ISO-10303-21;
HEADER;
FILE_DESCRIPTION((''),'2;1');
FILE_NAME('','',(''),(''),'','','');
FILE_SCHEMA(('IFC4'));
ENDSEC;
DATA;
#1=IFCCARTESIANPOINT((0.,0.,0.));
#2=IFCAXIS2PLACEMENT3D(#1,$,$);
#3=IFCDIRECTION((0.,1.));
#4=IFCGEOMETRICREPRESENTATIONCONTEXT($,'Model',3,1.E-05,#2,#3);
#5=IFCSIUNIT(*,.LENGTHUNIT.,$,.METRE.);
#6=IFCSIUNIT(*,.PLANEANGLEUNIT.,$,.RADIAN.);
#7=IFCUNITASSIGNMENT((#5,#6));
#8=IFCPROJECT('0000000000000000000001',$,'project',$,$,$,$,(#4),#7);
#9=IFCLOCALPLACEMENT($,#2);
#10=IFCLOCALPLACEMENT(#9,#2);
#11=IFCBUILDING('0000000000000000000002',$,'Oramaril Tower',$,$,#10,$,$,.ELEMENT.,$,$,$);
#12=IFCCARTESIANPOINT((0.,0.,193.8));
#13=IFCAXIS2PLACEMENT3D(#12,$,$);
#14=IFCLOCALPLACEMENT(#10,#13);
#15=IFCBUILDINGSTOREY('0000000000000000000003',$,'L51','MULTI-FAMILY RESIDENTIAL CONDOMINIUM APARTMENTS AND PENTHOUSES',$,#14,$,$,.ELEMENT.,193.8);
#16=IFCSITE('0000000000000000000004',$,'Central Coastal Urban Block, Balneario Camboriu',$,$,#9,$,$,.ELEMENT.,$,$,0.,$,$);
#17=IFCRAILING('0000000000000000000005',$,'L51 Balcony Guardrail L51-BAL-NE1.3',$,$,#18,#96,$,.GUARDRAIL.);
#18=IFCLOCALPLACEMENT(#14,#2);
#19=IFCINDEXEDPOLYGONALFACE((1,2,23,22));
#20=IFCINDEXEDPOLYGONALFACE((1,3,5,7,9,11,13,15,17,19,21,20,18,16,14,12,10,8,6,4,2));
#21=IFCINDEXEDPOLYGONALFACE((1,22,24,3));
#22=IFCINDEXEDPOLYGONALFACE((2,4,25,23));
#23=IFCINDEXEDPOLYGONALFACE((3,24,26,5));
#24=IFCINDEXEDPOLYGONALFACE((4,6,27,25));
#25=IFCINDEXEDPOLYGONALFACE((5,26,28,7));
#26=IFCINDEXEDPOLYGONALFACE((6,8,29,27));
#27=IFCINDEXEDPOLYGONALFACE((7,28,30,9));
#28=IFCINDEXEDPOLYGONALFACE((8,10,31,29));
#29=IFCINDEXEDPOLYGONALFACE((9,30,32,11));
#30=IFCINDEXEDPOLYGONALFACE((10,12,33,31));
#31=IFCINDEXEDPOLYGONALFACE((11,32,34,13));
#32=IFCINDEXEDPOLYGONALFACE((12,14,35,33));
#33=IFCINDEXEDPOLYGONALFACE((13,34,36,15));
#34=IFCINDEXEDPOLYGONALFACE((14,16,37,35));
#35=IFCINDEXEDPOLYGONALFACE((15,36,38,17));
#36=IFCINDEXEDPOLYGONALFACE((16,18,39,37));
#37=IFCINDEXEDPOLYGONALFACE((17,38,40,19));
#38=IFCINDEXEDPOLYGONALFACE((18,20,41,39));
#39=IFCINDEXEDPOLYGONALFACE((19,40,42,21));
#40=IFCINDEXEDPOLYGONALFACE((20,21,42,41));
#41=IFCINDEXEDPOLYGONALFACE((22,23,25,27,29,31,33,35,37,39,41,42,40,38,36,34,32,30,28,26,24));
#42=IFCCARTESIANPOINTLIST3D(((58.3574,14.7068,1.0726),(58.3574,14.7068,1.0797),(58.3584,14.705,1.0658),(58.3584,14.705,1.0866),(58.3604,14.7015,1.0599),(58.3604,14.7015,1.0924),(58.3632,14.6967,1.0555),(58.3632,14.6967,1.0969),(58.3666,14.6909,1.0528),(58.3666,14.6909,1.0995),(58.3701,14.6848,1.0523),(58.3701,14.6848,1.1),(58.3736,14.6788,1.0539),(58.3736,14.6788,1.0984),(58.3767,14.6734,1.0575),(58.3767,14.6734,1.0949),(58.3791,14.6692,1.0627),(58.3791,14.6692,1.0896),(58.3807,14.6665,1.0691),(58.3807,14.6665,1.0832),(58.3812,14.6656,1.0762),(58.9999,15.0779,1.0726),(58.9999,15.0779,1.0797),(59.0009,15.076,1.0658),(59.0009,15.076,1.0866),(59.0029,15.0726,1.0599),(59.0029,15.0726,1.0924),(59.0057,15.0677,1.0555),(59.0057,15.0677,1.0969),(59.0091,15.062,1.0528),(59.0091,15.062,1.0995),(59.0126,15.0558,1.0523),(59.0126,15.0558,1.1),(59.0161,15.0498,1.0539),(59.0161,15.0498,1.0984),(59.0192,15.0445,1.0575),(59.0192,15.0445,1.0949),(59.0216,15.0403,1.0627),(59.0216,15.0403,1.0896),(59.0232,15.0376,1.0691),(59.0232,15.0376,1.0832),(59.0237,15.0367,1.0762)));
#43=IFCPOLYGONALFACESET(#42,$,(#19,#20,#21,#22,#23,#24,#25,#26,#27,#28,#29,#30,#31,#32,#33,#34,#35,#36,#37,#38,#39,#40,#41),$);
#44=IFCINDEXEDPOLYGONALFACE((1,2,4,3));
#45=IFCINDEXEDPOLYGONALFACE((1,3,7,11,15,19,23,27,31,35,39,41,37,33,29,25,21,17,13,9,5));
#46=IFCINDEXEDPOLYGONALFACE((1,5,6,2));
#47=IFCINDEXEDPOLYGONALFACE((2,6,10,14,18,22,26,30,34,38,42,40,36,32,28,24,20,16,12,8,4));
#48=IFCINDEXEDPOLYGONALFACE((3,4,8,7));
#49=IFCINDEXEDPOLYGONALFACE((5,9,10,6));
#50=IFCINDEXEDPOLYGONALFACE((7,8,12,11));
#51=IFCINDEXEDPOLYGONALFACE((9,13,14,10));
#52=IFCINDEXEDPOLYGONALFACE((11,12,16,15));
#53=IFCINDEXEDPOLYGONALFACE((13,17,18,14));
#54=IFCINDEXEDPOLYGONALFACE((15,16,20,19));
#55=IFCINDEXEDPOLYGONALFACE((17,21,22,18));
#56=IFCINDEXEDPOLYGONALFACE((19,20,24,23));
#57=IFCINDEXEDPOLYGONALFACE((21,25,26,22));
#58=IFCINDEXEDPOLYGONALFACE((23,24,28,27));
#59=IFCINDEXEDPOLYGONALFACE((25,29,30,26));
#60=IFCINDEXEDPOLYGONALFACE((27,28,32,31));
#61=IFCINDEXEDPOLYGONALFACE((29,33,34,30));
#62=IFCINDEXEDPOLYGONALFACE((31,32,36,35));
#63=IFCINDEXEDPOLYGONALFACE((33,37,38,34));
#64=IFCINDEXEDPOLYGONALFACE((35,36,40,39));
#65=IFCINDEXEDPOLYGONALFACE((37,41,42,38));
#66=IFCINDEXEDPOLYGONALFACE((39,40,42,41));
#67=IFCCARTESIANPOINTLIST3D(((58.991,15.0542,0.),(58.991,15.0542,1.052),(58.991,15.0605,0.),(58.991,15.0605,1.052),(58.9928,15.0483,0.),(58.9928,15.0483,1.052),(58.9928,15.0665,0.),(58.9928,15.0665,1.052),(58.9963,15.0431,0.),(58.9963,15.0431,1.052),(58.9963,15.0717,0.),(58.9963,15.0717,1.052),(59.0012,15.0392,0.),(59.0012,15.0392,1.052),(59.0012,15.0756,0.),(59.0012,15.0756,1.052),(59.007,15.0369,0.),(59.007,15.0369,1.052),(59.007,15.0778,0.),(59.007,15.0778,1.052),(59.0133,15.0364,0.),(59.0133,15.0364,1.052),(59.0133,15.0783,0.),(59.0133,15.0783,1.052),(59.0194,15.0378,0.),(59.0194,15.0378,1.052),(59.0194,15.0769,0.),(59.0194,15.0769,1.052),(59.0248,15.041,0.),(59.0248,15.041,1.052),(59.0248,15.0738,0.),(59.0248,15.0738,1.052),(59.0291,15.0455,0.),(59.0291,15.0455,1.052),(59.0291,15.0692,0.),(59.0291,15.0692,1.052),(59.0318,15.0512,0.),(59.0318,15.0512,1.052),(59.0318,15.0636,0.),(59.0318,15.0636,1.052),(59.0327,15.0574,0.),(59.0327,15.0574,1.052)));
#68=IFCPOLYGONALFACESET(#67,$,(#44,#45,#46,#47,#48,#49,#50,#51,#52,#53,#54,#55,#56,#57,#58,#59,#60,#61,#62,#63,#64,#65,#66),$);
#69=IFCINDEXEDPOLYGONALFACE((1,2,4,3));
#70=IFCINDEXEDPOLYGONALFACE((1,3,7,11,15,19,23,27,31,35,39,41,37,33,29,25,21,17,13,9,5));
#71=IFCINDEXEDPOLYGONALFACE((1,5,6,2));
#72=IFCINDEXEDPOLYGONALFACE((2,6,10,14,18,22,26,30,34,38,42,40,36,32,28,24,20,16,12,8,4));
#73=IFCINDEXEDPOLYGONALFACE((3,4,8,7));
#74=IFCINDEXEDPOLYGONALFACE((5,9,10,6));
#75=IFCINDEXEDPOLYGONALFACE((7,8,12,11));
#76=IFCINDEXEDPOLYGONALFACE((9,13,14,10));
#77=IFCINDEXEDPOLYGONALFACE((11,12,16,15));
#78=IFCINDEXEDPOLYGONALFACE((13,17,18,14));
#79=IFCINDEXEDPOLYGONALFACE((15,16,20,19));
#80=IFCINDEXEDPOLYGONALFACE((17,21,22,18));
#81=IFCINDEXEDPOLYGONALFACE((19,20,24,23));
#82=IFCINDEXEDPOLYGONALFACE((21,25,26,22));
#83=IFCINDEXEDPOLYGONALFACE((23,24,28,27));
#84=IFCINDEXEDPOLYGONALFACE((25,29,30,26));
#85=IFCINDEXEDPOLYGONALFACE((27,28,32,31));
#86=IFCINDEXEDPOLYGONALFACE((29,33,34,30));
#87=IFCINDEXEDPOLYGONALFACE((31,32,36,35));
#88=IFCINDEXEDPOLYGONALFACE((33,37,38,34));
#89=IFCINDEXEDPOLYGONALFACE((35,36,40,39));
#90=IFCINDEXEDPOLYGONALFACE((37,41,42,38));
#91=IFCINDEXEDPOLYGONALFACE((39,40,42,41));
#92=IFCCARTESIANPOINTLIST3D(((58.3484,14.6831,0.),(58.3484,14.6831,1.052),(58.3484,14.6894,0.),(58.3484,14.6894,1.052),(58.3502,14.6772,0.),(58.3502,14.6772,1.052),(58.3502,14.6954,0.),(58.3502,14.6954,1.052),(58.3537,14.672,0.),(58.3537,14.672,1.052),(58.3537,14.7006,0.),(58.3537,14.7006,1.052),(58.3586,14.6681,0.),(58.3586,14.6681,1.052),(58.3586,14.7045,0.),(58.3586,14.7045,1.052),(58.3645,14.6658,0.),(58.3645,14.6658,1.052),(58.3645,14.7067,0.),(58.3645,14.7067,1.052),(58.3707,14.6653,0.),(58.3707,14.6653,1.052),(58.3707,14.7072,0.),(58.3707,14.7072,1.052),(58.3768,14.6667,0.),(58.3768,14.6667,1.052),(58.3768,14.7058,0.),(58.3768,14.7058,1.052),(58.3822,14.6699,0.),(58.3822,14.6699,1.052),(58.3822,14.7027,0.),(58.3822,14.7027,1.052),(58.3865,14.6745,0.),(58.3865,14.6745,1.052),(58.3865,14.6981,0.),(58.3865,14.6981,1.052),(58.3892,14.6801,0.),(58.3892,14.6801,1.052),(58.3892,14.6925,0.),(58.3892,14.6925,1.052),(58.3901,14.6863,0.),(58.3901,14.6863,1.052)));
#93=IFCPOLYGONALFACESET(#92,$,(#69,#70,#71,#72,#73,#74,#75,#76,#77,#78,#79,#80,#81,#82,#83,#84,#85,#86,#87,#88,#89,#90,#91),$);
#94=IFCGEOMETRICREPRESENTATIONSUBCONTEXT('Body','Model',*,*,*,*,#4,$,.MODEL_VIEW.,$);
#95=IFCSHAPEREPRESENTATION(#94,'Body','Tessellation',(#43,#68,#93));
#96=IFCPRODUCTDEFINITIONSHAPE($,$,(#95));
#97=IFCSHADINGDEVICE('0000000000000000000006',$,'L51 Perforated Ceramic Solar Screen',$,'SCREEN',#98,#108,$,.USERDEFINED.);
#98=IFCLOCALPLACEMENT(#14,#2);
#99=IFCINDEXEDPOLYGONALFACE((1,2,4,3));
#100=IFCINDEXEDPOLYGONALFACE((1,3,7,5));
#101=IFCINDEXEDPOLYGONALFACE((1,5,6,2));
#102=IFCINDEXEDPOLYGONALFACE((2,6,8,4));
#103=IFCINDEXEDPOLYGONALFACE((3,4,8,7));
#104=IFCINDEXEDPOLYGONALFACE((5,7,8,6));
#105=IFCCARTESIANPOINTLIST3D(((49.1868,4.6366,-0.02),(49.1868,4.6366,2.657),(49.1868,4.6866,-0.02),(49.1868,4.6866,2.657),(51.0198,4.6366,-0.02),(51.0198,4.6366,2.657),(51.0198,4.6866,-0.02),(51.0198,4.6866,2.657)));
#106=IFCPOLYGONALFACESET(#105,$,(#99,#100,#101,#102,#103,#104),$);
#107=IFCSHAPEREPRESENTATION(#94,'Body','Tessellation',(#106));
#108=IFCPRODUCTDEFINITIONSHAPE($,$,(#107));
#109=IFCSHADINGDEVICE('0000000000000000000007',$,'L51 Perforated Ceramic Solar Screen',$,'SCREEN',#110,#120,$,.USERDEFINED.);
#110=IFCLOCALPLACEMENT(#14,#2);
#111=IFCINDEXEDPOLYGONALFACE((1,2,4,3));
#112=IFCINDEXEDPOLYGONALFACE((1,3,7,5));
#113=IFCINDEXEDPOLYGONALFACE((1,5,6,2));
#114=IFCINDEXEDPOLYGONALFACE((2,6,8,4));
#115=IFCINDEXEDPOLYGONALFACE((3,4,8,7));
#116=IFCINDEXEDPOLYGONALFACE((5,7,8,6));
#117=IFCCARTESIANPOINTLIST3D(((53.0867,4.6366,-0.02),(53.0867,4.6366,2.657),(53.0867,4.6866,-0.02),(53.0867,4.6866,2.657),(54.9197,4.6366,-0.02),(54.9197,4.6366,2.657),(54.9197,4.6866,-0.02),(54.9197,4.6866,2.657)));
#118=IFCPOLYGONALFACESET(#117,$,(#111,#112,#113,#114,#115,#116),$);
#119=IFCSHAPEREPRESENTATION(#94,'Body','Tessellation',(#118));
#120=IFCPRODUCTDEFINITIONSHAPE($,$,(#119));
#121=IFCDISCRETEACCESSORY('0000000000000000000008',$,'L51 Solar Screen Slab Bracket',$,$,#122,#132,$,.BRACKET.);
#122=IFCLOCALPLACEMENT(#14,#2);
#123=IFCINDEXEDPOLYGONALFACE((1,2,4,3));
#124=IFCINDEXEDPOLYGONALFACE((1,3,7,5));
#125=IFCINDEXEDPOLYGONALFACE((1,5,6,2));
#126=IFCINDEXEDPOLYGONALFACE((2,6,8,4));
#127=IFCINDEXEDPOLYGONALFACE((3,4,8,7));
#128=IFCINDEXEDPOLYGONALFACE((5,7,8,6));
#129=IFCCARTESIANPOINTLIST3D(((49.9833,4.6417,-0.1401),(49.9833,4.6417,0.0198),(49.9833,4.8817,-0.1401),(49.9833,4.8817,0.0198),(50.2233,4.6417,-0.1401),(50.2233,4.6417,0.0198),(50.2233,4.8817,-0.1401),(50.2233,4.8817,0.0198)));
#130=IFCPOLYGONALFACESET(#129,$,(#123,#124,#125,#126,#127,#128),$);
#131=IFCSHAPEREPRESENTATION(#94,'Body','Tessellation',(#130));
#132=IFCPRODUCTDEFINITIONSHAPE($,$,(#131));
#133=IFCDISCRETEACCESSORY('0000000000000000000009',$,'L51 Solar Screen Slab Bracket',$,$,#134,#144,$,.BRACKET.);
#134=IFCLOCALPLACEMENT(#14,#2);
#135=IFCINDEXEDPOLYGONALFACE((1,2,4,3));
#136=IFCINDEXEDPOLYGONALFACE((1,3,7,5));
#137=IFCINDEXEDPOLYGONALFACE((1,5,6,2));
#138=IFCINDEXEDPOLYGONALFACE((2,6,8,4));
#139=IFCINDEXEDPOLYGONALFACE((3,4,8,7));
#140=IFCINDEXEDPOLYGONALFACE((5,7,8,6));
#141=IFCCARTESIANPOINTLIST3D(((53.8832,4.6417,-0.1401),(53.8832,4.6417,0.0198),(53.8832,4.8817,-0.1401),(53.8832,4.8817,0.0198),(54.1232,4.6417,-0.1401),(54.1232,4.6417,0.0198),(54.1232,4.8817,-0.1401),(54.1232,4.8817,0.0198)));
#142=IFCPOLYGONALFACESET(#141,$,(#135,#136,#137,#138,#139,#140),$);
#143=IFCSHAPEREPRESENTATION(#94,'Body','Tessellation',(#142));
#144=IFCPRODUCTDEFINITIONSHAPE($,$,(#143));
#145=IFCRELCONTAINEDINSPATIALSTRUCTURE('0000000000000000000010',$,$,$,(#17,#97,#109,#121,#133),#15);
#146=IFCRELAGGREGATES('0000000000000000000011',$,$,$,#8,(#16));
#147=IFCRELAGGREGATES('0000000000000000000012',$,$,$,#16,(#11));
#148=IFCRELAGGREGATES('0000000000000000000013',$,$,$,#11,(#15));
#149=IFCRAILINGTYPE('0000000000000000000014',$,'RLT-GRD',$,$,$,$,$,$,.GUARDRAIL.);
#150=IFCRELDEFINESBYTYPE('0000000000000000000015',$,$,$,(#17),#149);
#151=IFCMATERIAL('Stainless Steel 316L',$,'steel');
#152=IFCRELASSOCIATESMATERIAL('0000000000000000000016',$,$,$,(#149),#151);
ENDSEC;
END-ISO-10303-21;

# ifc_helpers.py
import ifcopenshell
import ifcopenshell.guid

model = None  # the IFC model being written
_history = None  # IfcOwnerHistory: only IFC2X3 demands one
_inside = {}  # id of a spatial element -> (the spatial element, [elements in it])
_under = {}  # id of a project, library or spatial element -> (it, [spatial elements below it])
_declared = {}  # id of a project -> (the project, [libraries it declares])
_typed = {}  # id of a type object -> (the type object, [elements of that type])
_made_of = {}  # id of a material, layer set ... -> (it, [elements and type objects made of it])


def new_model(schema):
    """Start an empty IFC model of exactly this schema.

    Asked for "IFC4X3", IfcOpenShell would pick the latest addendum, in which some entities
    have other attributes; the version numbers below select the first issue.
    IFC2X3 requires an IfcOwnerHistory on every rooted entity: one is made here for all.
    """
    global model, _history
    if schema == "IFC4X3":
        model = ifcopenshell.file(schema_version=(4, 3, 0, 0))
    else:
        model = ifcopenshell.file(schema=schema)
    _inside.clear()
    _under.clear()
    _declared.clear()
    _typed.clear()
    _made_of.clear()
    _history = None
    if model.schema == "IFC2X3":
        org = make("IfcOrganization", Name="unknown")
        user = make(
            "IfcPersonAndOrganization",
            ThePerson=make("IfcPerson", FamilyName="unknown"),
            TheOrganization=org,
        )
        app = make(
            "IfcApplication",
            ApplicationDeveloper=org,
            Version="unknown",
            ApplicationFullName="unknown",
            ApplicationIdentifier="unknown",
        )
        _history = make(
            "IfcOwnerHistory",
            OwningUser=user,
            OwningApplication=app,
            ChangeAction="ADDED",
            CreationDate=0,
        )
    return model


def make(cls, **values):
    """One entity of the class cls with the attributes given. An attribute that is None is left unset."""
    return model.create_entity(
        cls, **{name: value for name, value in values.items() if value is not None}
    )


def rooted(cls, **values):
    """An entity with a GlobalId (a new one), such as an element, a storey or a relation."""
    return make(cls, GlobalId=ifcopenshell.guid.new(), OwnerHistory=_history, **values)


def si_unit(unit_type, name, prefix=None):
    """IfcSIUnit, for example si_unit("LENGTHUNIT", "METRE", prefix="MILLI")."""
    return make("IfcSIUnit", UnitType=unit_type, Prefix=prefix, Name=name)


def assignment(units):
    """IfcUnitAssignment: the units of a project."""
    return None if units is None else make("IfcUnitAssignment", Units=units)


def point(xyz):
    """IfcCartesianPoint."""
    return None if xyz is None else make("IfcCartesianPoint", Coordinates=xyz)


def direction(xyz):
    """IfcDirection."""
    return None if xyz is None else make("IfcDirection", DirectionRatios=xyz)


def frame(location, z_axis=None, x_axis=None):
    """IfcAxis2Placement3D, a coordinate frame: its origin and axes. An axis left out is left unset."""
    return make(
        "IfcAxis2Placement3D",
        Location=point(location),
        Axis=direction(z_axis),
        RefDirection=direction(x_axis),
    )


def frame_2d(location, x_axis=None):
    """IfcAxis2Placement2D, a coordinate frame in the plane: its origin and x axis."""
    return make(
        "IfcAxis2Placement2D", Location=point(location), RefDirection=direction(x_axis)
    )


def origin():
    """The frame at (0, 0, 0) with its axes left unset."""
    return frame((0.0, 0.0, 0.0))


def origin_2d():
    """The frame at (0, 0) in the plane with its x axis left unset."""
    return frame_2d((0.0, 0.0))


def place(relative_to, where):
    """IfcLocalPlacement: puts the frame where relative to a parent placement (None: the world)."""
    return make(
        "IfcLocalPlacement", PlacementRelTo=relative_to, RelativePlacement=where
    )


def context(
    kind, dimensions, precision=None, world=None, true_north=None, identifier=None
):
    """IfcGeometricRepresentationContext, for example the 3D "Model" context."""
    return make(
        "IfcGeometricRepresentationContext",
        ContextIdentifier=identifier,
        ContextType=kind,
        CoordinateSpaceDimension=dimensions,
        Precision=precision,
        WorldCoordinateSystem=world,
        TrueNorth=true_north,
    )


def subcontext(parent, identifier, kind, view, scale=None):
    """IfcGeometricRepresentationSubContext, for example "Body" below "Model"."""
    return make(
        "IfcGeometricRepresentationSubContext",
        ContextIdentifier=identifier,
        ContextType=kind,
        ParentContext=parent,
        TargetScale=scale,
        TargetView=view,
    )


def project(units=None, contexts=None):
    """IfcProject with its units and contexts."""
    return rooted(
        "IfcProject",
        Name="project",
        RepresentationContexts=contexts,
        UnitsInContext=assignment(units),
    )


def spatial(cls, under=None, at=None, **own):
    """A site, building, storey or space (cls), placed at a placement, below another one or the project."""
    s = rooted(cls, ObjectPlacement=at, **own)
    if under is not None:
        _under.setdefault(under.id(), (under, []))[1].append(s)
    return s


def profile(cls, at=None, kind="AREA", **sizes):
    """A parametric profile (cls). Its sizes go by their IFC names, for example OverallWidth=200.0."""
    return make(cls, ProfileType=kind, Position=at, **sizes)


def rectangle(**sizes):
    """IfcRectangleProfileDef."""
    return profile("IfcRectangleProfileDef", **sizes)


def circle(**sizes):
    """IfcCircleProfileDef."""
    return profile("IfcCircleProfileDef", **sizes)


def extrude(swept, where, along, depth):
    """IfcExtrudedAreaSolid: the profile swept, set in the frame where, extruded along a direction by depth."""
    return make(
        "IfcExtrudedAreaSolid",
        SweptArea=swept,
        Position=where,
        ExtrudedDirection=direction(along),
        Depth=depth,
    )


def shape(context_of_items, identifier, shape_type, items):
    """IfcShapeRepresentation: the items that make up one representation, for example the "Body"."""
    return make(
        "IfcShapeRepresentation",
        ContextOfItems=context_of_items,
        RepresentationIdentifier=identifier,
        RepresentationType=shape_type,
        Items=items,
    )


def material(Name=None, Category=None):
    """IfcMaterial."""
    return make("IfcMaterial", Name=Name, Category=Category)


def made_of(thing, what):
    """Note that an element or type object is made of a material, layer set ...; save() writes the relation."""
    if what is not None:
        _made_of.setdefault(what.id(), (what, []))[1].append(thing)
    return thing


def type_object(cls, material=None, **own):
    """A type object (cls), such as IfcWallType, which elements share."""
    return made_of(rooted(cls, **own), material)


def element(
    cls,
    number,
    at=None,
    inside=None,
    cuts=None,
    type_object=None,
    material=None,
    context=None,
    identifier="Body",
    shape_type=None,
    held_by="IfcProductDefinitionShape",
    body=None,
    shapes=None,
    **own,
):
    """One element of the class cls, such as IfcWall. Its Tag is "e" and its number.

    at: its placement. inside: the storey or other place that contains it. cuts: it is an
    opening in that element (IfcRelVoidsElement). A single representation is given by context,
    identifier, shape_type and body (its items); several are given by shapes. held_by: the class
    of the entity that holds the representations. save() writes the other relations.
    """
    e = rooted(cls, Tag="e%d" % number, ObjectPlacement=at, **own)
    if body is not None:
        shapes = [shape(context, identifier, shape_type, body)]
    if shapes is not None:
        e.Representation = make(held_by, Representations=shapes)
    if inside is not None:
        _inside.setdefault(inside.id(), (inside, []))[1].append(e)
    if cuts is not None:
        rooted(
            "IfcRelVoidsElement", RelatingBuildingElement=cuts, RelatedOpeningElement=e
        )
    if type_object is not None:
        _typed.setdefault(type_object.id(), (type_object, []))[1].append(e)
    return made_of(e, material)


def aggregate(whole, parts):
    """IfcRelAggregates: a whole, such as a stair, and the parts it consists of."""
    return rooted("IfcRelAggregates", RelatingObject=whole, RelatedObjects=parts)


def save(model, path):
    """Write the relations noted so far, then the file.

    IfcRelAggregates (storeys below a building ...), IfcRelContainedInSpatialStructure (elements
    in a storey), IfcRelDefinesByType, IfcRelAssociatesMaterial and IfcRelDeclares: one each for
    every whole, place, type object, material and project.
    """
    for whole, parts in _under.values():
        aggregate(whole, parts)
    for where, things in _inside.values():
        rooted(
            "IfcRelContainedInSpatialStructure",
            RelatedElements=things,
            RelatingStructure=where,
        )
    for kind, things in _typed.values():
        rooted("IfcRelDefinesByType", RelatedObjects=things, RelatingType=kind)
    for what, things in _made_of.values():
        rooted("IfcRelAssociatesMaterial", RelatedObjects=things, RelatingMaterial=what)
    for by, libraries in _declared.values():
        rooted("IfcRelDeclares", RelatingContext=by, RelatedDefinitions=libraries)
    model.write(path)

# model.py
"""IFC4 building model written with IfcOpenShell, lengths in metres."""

from ifc_helpers import new_model, si_unit, direction, frame, origin, origin_2d, place, context, subcontext, project, spatial, rectangle, circle, extrude, material, type_object, element, save


model = new_model("IFC4")

# Units and contexts
model_context = context("Model", 3, precision=1e-05, world=origin(), true_north=direction((0.0, 1.0)))
body_context = subcontext(model_context, "Body", "Model", "MODEL_VIEW")
ifc_project = project(units=[si_unit("LENGTHUNIT", "METRE"), si_unit("PLANEANGLEUNIT", "RADIAN")], contexts=[model_context])

# Site, building, storey
site_placement = place(None, origin())
site = spatial("IfcSite", under=ifc_project, at=site_placement, Name="Central Coastal Urban Block, Balneario Camboriu", CompositionType="ELEMENT", RefElevation=0.0)
building_placement = place(site_placement, origin())
building = spatial("IfcBuilding", under=site, at=building_placement, Name="Oramaril Tower", CompositionType="ELEMENT")
storey_placement = place(building_placement, frame((0.0, 0.0, 193.8)))
storey = spatial("IfcBuildingStorey", under=building, at=storey_placement, Name="L51", Description="MULTI-FAMILY RESIDENTIAL CONDOMINIUM APARTMENTS AND PENTHOUSES", CompositionType="ELEMENT", Elevation=193.8)

# Railing
ifc_material_1 = material(Name="Stainless Steel 316L", Category="steel")
railing_type = type_object("IfcRailingType", Name="RLT-GRD", PredefinedType="GUARDRAIL", material=ifc_material_1)
railing_placement = place(storey_placement, frame((59.0117, 15.0574, 0.0)))
element("IfcRailing", 1, at=railing_placement, inside=storey, type_object=railing_type, Name="L51 Balcony Guardrail L51-BAL-NE1.3", PredefinedType="GUARDRAIL", context=body_context, shape_type="SweptSolid", body=[
    extrude(circle(Radius=0.0239, at=origin_2d()), frame((0.0, 0.0, 1.0762), z_axis=(-0.865966, -0.500102, 0.0), x_axis=(0.500102, -0.865966, 0.0)), (0.0, 0.0, 1.0), 0.7419),
    extrude(circle(Radius=0.021, at=origin_2d()), origin(), (0.0, 0.0, 1.0), 1.052),
    extrude(circle(Radius=0.021, at=origin_2d()), frame((-0.6426, -0.3711, 0.0)), (0.0, 0.0, 1.0), 1.052),
])

# Shading devices
for number, where, z_axis, x_axis, name in (
    (2, (50.1033, 4.6616, -0.02), (0.0, 0.0, 1.0), (1.0, 0.0, 0.0), "L51 Perforated Ceramic Solar Screen"),
    (3, (54.0032, 4.6616, -0.02), (0.0, 0.0, 1.0), (1.0, 0.0, 0.0), "L51 Perforated Ceramic Solar Screen"),
):
    element("IfcShadingDevice", number, at=place(storey_placement, frame(where, z_axis=z_axis, x_axis=x_axis)), inside=storey, Name=name, ObjectType="SCREEN", PredefinedType="USERDEFINED", context=body_context, shape_type="SweptSolid", body=[
        extrude(rectangle(XDim=1.833, YDim=0.05, at=origin_2d()), origin(), (0.0, 0.0, 1.0), 2.677),
    ])

# Discrete accessories
for number, where, z_axis, x_axis, name in (
    (4, (50.1033, 4.7617, -0.1401), (0.0, 0.0, 1.0), (1.0, 0.0, 0.0), "L51 Solar Screen Slab Bracket"),
    (5, (54.0032, 4.7617, -0.1401), (0.0, 0.0, 1.0), (1.0, 0.0, 0.0), "L51 Solar Screen Slab Bracket"),
):
    element("IfcDiscreteAccessory", number, at=place(storey_placement, frame(where, z_axis=z_axis, x_axis=x_axis)), inside=storey, Name=name, PredefinedType="BRACKET", context=body_context, shape_type="SweptSolid", body=[
        extrude(rectangle(XDim=0.24, YDim=0.24, at=origin_2d()), origin(), (0.0, 0.0, 1.0), 0.1599),
    ])

save(model, "model.ifc")
